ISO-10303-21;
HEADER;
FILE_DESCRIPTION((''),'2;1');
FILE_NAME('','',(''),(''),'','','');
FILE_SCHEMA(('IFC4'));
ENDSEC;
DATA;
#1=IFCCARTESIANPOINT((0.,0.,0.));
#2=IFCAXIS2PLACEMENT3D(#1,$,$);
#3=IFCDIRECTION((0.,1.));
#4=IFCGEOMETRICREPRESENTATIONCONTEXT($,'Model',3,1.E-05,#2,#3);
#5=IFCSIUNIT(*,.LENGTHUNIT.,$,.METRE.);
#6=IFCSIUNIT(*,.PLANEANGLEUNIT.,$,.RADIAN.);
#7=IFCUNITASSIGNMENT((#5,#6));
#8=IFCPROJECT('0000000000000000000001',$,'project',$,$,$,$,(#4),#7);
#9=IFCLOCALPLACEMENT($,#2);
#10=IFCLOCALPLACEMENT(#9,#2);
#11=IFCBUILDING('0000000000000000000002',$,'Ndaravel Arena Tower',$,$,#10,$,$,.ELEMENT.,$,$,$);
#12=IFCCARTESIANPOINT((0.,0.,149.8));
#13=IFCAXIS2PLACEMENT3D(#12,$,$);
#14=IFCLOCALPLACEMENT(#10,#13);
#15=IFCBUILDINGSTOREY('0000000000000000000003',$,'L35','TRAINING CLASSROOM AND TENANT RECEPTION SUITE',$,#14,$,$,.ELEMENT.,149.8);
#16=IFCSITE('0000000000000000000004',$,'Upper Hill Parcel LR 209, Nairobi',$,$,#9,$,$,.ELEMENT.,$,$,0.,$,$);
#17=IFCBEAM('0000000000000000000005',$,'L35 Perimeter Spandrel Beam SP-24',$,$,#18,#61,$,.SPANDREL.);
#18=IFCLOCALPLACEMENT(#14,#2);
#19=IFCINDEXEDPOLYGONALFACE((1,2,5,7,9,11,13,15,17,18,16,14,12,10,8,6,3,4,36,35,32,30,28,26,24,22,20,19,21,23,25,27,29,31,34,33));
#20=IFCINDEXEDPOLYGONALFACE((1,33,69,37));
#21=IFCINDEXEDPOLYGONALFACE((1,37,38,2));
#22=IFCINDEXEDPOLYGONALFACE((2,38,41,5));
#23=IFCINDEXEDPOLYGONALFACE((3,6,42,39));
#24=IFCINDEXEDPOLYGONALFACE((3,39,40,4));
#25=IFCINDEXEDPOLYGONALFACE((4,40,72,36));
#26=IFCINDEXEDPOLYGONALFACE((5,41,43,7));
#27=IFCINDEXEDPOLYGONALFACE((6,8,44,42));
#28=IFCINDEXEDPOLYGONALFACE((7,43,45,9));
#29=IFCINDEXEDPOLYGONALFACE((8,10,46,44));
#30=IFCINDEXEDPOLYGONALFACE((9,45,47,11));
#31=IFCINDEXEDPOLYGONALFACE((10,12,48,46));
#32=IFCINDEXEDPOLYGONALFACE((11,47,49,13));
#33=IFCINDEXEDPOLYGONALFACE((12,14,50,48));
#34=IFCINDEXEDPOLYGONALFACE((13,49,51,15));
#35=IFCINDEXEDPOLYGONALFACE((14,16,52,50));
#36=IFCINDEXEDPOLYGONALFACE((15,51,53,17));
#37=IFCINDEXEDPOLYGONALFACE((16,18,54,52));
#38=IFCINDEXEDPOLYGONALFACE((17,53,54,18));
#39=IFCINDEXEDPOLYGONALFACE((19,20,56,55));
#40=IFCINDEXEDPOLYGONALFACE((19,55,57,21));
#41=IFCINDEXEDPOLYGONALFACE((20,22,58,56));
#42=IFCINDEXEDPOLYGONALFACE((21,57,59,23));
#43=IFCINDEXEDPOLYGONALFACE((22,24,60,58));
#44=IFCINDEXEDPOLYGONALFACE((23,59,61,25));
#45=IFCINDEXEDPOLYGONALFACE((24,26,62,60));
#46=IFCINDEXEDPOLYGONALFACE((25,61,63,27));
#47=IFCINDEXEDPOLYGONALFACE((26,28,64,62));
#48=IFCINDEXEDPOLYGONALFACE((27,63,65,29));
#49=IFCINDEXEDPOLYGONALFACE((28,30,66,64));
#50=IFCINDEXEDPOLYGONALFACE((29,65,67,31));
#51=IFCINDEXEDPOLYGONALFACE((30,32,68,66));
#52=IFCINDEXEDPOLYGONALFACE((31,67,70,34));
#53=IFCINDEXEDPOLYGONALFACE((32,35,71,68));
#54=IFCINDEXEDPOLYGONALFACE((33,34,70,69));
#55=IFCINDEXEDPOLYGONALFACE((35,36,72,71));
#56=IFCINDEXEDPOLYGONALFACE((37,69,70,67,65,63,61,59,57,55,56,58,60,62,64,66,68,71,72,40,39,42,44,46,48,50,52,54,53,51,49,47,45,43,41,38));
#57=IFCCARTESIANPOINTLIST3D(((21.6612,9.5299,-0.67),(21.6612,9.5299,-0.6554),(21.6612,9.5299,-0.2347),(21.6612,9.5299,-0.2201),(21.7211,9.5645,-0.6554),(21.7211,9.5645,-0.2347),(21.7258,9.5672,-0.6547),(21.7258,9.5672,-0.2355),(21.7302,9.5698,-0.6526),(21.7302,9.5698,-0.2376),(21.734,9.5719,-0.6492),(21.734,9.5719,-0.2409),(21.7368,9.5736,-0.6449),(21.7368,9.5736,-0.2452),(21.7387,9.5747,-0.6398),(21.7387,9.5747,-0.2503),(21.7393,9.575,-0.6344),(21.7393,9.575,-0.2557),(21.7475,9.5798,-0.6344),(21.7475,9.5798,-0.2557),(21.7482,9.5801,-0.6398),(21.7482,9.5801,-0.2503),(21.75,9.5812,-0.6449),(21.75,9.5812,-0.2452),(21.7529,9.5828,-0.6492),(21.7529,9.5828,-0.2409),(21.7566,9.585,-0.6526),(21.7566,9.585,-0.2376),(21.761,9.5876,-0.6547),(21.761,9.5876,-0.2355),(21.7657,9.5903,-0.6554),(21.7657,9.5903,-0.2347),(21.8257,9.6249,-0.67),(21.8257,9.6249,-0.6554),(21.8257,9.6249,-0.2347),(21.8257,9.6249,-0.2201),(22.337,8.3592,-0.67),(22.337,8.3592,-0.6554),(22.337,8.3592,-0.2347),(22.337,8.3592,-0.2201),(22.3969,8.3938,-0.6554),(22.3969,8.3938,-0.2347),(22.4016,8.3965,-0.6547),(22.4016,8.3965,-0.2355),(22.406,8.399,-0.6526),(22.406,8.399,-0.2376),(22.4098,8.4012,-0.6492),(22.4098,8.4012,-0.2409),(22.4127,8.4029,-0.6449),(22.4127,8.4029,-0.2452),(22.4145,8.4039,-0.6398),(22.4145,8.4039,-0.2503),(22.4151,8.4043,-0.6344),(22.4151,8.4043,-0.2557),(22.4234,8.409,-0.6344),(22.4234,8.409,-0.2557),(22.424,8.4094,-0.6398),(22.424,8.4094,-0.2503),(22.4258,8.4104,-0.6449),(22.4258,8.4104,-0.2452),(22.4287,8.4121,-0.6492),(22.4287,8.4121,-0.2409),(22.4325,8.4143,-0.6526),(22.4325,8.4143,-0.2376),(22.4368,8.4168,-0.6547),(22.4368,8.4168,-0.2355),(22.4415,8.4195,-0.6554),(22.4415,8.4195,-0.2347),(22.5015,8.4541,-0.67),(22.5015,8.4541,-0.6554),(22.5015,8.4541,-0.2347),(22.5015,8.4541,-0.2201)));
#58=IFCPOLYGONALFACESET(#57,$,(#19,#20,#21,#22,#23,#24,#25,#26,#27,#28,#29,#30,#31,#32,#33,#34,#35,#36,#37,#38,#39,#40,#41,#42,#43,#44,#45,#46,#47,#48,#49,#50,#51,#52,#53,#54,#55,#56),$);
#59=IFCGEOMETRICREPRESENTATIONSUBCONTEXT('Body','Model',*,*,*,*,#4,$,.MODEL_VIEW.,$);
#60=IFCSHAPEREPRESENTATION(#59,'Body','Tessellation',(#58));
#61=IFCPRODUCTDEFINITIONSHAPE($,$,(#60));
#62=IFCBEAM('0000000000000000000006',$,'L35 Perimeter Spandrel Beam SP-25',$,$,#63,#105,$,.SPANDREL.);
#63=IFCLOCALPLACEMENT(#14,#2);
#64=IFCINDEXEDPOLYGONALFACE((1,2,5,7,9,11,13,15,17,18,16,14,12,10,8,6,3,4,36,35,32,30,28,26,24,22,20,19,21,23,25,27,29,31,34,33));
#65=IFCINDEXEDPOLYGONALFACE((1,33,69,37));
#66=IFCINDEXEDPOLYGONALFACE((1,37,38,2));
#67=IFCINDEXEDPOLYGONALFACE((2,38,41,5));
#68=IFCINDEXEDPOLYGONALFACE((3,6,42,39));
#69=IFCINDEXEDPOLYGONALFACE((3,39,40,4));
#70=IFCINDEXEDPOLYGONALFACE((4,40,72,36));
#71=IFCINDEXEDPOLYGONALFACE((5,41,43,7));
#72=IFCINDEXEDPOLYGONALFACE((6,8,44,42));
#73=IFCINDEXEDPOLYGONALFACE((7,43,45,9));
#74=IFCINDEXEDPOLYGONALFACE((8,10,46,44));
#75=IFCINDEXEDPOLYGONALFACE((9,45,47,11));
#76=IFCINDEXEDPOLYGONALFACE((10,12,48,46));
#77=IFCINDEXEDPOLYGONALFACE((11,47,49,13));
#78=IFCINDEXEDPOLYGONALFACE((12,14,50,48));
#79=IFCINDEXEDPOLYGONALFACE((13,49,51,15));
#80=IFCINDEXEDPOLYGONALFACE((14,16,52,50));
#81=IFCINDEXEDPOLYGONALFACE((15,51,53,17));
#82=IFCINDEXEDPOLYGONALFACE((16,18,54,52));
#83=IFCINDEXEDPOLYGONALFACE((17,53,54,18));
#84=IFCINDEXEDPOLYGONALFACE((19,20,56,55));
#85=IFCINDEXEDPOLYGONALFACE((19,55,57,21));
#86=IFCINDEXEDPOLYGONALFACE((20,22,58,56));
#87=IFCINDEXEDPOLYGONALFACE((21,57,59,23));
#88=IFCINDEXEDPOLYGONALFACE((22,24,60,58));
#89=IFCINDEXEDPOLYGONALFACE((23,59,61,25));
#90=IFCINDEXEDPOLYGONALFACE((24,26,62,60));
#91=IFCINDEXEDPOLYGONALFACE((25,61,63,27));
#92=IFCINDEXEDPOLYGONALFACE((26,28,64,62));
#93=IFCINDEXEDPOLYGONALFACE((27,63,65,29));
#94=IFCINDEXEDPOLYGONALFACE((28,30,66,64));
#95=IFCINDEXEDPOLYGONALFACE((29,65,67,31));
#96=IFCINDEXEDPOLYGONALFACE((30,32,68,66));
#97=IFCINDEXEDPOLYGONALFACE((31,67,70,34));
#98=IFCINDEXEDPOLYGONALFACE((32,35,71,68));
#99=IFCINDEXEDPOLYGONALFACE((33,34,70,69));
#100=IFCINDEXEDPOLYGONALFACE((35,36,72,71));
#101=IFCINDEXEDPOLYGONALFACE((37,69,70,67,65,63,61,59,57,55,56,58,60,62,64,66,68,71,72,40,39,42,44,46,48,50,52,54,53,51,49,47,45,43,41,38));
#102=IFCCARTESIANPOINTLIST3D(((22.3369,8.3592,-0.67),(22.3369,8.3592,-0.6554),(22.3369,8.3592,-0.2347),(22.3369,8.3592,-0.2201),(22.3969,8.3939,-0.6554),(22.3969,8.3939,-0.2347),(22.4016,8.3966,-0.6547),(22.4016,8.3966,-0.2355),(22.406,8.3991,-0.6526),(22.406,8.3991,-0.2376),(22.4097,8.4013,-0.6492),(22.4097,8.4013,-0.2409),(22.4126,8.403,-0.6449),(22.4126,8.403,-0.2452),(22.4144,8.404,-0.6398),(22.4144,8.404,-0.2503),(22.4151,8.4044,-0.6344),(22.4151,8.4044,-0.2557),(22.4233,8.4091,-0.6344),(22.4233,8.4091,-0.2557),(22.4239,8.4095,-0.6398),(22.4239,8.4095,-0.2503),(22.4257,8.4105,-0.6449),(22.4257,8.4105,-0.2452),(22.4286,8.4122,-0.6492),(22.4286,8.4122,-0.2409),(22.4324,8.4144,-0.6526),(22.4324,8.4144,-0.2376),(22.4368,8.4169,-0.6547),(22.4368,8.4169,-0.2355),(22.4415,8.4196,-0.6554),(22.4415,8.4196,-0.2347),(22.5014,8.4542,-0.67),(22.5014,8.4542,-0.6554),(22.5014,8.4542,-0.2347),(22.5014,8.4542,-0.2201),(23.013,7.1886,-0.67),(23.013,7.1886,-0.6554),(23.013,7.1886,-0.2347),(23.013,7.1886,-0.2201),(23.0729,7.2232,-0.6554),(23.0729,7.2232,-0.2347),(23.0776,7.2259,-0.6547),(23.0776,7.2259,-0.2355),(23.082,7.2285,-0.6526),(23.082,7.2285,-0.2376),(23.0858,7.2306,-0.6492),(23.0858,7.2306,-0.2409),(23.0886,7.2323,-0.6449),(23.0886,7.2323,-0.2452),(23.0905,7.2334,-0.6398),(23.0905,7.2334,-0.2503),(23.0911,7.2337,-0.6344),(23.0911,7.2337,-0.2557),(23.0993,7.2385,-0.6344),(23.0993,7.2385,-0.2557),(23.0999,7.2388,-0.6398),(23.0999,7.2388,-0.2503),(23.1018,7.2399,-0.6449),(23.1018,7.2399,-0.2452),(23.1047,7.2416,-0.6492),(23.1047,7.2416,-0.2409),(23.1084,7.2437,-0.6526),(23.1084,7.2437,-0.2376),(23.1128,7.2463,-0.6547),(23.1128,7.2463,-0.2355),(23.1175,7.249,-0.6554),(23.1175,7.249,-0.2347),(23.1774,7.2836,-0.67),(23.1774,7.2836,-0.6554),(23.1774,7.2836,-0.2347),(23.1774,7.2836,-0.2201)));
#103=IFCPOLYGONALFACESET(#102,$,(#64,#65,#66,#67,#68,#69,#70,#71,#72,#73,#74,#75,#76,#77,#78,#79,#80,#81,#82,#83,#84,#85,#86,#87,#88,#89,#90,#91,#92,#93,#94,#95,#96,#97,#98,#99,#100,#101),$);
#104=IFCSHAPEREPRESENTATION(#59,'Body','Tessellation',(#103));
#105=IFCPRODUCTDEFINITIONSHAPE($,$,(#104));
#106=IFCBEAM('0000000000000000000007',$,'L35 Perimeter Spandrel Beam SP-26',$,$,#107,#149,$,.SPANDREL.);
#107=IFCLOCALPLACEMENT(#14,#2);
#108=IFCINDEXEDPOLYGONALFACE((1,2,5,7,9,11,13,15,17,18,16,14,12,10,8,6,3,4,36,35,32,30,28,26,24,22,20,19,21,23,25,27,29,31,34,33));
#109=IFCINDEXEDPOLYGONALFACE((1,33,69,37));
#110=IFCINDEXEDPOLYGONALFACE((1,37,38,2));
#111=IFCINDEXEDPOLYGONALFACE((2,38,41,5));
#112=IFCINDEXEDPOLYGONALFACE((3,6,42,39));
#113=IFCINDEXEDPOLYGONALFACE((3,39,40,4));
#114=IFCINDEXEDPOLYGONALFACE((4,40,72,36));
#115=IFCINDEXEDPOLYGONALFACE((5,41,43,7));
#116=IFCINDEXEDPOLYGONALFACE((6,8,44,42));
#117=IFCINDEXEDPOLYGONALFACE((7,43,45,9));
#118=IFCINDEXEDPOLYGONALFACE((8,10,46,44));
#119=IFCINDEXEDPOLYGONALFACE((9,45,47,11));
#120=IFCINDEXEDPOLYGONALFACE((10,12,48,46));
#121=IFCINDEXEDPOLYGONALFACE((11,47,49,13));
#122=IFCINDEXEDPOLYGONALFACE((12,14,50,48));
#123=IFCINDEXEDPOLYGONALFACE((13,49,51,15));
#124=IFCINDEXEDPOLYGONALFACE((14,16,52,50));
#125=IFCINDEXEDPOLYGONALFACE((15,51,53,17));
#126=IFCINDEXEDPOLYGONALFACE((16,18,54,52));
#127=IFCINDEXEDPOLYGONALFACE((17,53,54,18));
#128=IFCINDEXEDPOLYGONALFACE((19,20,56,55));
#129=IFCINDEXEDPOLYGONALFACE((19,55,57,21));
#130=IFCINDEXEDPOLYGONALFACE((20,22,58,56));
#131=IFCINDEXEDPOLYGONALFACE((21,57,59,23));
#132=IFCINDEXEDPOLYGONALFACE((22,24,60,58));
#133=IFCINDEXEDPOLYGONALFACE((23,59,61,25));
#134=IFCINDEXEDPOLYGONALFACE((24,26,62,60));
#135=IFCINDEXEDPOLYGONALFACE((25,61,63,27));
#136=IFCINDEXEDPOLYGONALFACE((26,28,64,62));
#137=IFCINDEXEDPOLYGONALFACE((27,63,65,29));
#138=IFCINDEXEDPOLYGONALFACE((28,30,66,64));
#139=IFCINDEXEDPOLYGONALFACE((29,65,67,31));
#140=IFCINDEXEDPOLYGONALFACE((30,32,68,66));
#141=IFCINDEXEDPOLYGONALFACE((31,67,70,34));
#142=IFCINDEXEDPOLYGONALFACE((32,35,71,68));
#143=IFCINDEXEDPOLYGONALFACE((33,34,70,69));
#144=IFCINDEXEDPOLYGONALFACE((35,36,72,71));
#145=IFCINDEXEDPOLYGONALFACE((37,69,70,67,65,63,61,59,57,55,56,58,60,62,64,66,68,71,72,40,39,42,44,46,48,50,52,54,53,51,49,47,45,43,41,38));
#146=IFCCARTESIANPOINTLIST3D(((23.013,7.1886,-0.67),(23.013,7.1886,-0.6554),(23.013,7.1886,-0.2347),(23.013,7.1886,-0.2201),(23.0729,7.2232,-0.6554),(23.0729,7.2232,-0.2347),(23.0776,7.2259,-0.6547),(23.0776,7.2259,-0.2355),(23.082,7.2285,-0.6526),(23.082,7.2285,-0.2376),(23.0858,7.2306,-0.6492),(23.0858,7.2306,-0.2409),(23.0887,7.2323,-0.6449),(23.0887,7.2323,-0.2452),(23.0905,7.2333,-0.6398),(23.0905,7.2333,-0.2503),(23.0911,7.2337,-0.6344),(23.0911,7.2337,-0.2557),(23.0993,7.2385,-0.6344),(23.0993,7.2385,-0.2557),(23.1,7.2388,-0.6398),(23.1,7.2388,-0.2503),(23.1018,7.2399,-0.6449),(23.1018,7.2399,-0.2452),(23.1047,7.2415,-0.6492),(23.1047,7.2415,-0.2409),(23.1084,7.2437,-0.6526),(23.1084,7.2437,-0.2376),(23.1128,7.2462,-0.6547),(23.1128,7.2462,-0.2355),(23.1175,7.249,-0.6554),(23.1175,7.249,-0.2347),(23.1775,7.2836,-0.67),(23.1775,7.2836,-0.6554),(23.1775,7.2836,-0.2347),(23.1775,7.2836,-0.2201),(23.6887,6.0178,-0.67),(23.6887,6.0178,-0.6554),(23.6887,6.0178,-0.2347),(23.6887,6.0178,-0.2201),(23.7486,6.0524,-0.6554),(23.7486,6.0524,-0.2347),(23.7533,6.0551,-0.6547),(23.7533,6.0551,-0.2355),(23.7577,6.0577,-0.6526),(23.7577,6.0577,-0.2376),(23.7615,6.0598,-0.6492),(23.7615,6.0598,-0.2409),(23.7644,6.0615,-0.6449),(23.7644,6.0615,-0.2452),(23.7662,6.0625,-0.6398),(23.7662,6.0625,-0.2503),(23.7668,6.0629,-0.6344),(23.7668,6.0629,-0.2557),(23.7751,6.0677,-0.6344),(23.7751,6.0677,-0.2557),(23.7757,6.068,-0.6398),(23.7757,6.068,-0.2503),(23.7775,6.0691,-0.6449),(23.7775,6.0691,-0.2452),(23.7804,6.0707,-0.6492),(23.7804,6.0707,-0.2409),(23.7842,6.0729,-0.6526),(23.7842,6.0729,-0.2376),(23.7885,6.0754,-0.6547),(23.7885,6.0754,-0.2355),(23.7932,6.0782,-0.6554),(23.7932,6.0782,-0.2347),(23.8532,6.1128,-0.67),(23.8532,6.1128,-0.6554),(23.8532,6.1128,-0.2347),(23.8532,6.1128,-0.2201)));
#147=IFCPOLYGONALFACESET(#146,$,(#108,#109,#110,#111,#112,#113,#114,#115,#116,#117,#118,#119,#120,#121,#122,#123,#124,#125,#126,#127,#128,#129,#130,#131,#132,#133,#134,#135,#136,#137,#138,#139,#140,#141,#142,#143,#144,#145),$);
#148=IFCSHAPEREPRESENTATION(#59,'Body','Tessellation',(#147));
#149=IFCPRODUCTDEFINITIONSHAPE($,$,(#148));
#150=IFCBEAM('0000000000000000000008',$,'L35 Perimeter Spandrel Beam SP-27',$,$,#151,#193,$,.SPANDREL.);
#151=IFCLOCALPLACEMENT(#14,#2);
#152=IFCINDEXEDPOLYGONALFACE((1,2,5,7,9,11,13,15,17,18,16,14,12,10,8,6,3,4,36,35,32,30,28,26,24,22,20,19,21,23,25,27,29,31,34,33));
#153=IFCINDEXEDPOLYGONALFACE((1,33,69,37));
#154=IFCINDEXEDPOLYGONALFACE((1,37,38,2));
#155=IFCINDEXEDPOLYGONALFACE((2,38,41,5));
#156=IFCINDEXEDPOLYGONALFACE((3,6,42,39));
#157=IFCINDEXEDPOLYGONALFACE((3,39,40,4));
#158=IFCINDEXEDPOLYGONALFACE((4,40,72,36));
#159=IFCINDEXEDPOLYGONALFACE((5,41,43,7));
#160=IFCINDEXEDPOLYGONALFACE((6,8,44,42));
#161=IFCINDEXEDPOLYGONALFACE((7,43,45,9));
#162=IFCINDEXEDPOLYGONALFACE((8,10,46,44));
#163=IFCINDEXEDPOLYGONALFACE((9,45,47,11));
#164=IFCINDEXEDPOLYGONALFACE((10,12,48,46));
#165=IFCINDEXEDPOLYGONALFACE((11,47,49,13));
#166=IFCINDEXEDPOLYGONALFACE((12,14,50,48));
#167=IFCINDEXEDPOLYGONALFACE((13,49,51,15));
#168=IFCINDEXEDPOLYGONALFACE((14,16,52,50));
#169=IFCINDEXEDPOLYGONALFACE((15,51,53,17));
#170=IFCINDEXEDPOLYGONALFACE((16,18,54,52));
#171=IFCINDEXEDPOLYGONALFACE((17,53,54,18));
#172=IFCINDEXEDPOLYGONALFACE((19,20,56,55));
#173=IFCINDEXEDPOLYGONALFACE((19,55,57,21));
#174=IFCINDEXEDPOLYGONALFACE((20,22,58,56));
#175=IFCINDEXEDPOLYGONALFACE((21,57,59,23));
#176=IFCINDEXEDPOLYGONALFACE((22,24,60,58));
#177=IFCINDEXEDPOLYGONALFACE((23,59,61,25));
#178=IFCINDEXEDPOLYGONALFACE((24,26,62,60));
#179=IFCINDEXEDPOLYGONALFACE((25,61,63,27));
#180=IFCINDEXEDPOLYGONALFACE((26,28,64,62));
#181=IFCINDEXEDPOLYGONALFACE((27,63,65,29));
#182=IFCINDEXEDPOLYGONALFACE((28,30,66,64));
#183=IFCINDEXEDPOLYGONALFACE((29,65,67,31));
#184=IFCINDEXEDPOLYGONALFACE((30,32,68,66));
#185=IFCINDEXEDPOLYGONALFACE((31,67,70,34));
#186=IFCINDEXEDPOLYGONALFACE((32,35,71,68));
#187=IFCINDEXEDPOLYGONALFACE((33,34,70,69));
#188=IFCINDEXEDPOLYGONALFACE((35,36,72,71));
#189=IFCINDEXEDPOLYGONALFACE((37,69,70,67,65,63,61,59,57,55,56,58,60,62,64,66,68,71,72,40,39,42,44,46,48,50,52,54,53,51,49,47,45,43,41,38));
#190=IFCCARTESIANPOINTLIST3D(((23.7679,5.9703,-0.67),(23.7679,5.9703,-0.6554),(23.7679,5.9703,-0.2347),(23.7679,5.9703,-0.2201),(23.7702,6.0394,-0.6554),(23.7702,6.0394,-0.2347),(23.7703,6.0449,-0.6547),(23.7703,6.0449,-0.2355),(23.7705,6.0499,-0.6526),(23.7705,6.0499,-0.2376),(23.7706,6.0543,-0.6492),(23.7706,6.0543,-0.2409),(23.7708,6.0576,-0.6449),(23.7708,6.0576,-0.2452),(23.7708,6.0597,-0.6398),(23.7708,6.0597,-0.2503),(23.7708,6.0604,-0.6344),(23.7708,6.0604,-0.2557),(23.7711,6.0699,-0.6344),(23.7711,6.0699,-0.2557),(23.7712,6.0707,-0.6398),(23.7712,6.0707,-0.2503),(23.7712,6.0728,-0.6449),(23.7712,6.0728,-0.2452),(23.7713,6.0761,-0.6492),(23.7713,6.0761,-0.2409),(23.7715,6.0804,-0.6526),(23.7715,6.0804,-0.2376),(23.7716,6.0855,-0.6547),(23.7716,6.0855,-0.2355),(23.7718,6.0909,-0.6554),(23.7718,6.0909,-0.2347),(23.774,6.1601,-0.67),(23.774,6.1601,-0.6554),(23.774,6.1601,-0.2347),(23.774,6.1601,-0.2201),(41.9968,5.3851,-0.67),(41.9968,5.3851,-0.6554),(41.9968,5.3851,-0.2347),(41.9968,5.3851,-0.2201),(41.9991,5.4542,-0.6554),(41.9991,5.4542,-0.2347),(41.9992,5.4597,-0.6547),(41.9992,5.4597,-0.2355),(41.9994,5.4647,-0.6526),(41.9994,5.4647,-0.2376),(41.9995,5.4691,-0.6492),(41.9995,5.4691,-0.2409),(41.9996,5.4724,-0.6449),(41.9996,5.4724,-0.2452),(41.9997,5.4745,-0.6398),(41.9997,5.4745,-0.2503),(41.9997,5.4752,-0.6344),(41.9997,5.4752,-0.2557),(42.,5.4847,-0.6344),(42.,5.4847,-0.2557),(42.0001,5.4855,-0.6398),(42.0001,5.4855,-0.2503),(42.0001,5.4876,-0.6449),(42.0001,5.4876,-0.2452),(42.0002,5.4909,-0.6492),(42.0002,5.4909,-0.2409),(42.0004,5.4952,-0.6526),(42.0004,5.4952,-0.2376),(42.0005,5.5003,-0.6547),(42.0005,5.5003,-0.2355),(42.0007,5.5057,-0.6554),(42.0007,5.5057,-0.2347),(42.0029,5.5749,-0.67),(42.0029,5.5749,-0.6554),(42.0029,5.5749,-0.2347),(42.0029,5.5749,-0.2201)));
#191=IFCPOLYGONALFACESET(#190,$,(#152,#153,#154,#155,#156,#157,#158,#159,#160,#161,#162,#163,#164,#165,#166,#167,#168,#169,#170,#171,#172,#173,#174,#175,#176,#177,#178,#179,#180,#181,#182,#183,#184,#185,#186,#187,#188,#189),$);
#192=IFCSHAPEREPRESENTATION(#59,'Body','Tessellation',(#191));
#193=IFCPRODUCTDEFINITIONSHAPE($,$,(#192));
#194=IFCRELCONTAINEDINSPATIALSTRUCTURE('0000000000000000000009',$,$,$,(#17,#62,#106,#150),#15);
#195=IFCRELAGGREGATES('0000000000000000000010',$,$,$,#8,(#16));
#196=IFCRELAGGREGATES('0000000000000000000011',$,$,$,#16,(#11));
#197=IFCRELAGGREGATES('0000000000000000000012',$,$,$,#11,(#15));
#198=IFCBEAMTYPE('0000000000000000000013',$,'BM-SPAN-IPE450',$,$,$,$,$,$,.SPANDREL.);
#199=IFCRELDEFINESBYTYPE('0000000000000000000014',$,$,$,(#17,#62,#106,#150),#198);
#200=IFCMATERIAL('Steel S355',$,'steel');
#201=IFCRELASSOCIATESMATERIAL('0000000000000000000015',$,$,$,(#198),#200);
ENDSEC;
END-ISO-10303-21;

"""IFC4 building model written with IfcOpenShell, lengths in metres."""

from ifc_helpers import new_model, si_unit, direction, frame, origin, origin_2d, place, context, subcontext, project, spatial, i_section, extrude, material, material_profile, profile_set, type_object, element, save


model = new_model("IFC4")

# Units and contexts
model_context = context("Model", 3, precision=1e-05, world=origin(), true_north=direction((0.0, 1.0)))
body_context = subcontext(model_context, "Body", "Model", "MODEL_VIEW")
ifc_project = project(units=[si_unit("LENGTHUNIT", "METRE"), si_unit("PLANEANGLEUNIT", "RADIAN")], contexts=[model_context])

# Site, building, storey
site_placement = place(None, origin())
site = spatial("IfcSite", under=ifc_project, at=site_placement, Name="Upper Hill Parcel LR 209, Nairobi", CompositionType="ELEMENT", RefElevation=0.0)
building_placement = place(site_placement, origin())
building = spatial("IfcBuilding", under=site, at=building_placement, Name="Ndaravel Arena Tower", CompositionType="ELEMENT")
storey_placement = place(building_placement, frame((0.0, 0.0, 149.8)))
storey = spatial("IfcBuildingStorey", under=building, at=storey_placement, Name="L35", Description="TRAINING CLASSROOM AND TENANT RECEPTION SUITE", CompositionType="ELEMENT", Elevation=149.8)

# Beams
ifc_material_1 = material(Name="Steel S355", Category="steel")
ifc_material_profile_1 = material_profile(ifc_material_1, i_section(OverallWidth=0.1899, OverallDepth=0.45, WebThickness=0.0095, FlangeThickness=0.0146, FilletRadius=0.021, at=origin_2d()), Name="IPE 450")
ifc_profile_set_1 = profile_set([ifc_material_profile_1], Name="Steel S355")
beam_type = type_object("IfcBeamType", Name="BM-SPAN-IPE450", PredefinedType="SPANDREL", material=ifc_profile_set_1)
for number, where, z_axis, x_axis, name in (
    (1, (21.7434, 9.5774, -0.4451), (0.499947, -0.866056, 0.0), (0.866056, 0.499947, 0.0), "L35 Perimeter Spandrel Beam SP-24"),
    (2, (22.4192, 8.4067, -0.4451), (0.500082, -0.865978, 0.0), (0.865978, 0.500082, 0.0), "L35 Perimeter Spandrel Beam SP-25"),
    (3, (23.0952, 7.2361, -0.4451), (0.499868, -0.866101, 0.0), (0.866101, 0.499868, 0.0), "L35 Perimeter Spandrel Beam SP-26"),
):
    element("IfcBeam", number, at=place(storey_placement, frame(where, z_axis=z_axis, x_axis=x_axis)), inside=storey, type_object=beam_type, Name=name, PredefinedType="SPANDREL", context=body_context, shape_type="SweptSolid", body=[
        extrude(i_section(OverallWidth=0.1899, OverallDepth=0.45, WebThickness=0.0095, FlangeThickness=0.0146, FilletRadius=0.021, at=origin_2d()), origin(), (0.0, 0.0, 1.0), 1.3518),
    ])
beam_placement = place(storey_placement, frame((23.771, 6.0652, -0.4451), z_axis=(0.999485, -0.032086, 0.0), x_axis=(0.032086, 0.999485, 0.0)))
element("IfcBeam", 4, at=beam_placement, inside=storey, type_object=beam_type, Name="L35 Perimeter Spandrel Beam SP-27", PredefinedType="SPANDREL", context=body_context, shape_type="SweptSolid", body=[
    extrude(i_section(OverallWidth=0.1899, OverallDepth=0.45, WebThickness=0.0095, FlangeThickness=0.0146, FilletRadius=0.021, at=origin_2d()), origin(), (0.0, 0.0, 1.0), 18.2383),
])

save(model, "model.ifc")
